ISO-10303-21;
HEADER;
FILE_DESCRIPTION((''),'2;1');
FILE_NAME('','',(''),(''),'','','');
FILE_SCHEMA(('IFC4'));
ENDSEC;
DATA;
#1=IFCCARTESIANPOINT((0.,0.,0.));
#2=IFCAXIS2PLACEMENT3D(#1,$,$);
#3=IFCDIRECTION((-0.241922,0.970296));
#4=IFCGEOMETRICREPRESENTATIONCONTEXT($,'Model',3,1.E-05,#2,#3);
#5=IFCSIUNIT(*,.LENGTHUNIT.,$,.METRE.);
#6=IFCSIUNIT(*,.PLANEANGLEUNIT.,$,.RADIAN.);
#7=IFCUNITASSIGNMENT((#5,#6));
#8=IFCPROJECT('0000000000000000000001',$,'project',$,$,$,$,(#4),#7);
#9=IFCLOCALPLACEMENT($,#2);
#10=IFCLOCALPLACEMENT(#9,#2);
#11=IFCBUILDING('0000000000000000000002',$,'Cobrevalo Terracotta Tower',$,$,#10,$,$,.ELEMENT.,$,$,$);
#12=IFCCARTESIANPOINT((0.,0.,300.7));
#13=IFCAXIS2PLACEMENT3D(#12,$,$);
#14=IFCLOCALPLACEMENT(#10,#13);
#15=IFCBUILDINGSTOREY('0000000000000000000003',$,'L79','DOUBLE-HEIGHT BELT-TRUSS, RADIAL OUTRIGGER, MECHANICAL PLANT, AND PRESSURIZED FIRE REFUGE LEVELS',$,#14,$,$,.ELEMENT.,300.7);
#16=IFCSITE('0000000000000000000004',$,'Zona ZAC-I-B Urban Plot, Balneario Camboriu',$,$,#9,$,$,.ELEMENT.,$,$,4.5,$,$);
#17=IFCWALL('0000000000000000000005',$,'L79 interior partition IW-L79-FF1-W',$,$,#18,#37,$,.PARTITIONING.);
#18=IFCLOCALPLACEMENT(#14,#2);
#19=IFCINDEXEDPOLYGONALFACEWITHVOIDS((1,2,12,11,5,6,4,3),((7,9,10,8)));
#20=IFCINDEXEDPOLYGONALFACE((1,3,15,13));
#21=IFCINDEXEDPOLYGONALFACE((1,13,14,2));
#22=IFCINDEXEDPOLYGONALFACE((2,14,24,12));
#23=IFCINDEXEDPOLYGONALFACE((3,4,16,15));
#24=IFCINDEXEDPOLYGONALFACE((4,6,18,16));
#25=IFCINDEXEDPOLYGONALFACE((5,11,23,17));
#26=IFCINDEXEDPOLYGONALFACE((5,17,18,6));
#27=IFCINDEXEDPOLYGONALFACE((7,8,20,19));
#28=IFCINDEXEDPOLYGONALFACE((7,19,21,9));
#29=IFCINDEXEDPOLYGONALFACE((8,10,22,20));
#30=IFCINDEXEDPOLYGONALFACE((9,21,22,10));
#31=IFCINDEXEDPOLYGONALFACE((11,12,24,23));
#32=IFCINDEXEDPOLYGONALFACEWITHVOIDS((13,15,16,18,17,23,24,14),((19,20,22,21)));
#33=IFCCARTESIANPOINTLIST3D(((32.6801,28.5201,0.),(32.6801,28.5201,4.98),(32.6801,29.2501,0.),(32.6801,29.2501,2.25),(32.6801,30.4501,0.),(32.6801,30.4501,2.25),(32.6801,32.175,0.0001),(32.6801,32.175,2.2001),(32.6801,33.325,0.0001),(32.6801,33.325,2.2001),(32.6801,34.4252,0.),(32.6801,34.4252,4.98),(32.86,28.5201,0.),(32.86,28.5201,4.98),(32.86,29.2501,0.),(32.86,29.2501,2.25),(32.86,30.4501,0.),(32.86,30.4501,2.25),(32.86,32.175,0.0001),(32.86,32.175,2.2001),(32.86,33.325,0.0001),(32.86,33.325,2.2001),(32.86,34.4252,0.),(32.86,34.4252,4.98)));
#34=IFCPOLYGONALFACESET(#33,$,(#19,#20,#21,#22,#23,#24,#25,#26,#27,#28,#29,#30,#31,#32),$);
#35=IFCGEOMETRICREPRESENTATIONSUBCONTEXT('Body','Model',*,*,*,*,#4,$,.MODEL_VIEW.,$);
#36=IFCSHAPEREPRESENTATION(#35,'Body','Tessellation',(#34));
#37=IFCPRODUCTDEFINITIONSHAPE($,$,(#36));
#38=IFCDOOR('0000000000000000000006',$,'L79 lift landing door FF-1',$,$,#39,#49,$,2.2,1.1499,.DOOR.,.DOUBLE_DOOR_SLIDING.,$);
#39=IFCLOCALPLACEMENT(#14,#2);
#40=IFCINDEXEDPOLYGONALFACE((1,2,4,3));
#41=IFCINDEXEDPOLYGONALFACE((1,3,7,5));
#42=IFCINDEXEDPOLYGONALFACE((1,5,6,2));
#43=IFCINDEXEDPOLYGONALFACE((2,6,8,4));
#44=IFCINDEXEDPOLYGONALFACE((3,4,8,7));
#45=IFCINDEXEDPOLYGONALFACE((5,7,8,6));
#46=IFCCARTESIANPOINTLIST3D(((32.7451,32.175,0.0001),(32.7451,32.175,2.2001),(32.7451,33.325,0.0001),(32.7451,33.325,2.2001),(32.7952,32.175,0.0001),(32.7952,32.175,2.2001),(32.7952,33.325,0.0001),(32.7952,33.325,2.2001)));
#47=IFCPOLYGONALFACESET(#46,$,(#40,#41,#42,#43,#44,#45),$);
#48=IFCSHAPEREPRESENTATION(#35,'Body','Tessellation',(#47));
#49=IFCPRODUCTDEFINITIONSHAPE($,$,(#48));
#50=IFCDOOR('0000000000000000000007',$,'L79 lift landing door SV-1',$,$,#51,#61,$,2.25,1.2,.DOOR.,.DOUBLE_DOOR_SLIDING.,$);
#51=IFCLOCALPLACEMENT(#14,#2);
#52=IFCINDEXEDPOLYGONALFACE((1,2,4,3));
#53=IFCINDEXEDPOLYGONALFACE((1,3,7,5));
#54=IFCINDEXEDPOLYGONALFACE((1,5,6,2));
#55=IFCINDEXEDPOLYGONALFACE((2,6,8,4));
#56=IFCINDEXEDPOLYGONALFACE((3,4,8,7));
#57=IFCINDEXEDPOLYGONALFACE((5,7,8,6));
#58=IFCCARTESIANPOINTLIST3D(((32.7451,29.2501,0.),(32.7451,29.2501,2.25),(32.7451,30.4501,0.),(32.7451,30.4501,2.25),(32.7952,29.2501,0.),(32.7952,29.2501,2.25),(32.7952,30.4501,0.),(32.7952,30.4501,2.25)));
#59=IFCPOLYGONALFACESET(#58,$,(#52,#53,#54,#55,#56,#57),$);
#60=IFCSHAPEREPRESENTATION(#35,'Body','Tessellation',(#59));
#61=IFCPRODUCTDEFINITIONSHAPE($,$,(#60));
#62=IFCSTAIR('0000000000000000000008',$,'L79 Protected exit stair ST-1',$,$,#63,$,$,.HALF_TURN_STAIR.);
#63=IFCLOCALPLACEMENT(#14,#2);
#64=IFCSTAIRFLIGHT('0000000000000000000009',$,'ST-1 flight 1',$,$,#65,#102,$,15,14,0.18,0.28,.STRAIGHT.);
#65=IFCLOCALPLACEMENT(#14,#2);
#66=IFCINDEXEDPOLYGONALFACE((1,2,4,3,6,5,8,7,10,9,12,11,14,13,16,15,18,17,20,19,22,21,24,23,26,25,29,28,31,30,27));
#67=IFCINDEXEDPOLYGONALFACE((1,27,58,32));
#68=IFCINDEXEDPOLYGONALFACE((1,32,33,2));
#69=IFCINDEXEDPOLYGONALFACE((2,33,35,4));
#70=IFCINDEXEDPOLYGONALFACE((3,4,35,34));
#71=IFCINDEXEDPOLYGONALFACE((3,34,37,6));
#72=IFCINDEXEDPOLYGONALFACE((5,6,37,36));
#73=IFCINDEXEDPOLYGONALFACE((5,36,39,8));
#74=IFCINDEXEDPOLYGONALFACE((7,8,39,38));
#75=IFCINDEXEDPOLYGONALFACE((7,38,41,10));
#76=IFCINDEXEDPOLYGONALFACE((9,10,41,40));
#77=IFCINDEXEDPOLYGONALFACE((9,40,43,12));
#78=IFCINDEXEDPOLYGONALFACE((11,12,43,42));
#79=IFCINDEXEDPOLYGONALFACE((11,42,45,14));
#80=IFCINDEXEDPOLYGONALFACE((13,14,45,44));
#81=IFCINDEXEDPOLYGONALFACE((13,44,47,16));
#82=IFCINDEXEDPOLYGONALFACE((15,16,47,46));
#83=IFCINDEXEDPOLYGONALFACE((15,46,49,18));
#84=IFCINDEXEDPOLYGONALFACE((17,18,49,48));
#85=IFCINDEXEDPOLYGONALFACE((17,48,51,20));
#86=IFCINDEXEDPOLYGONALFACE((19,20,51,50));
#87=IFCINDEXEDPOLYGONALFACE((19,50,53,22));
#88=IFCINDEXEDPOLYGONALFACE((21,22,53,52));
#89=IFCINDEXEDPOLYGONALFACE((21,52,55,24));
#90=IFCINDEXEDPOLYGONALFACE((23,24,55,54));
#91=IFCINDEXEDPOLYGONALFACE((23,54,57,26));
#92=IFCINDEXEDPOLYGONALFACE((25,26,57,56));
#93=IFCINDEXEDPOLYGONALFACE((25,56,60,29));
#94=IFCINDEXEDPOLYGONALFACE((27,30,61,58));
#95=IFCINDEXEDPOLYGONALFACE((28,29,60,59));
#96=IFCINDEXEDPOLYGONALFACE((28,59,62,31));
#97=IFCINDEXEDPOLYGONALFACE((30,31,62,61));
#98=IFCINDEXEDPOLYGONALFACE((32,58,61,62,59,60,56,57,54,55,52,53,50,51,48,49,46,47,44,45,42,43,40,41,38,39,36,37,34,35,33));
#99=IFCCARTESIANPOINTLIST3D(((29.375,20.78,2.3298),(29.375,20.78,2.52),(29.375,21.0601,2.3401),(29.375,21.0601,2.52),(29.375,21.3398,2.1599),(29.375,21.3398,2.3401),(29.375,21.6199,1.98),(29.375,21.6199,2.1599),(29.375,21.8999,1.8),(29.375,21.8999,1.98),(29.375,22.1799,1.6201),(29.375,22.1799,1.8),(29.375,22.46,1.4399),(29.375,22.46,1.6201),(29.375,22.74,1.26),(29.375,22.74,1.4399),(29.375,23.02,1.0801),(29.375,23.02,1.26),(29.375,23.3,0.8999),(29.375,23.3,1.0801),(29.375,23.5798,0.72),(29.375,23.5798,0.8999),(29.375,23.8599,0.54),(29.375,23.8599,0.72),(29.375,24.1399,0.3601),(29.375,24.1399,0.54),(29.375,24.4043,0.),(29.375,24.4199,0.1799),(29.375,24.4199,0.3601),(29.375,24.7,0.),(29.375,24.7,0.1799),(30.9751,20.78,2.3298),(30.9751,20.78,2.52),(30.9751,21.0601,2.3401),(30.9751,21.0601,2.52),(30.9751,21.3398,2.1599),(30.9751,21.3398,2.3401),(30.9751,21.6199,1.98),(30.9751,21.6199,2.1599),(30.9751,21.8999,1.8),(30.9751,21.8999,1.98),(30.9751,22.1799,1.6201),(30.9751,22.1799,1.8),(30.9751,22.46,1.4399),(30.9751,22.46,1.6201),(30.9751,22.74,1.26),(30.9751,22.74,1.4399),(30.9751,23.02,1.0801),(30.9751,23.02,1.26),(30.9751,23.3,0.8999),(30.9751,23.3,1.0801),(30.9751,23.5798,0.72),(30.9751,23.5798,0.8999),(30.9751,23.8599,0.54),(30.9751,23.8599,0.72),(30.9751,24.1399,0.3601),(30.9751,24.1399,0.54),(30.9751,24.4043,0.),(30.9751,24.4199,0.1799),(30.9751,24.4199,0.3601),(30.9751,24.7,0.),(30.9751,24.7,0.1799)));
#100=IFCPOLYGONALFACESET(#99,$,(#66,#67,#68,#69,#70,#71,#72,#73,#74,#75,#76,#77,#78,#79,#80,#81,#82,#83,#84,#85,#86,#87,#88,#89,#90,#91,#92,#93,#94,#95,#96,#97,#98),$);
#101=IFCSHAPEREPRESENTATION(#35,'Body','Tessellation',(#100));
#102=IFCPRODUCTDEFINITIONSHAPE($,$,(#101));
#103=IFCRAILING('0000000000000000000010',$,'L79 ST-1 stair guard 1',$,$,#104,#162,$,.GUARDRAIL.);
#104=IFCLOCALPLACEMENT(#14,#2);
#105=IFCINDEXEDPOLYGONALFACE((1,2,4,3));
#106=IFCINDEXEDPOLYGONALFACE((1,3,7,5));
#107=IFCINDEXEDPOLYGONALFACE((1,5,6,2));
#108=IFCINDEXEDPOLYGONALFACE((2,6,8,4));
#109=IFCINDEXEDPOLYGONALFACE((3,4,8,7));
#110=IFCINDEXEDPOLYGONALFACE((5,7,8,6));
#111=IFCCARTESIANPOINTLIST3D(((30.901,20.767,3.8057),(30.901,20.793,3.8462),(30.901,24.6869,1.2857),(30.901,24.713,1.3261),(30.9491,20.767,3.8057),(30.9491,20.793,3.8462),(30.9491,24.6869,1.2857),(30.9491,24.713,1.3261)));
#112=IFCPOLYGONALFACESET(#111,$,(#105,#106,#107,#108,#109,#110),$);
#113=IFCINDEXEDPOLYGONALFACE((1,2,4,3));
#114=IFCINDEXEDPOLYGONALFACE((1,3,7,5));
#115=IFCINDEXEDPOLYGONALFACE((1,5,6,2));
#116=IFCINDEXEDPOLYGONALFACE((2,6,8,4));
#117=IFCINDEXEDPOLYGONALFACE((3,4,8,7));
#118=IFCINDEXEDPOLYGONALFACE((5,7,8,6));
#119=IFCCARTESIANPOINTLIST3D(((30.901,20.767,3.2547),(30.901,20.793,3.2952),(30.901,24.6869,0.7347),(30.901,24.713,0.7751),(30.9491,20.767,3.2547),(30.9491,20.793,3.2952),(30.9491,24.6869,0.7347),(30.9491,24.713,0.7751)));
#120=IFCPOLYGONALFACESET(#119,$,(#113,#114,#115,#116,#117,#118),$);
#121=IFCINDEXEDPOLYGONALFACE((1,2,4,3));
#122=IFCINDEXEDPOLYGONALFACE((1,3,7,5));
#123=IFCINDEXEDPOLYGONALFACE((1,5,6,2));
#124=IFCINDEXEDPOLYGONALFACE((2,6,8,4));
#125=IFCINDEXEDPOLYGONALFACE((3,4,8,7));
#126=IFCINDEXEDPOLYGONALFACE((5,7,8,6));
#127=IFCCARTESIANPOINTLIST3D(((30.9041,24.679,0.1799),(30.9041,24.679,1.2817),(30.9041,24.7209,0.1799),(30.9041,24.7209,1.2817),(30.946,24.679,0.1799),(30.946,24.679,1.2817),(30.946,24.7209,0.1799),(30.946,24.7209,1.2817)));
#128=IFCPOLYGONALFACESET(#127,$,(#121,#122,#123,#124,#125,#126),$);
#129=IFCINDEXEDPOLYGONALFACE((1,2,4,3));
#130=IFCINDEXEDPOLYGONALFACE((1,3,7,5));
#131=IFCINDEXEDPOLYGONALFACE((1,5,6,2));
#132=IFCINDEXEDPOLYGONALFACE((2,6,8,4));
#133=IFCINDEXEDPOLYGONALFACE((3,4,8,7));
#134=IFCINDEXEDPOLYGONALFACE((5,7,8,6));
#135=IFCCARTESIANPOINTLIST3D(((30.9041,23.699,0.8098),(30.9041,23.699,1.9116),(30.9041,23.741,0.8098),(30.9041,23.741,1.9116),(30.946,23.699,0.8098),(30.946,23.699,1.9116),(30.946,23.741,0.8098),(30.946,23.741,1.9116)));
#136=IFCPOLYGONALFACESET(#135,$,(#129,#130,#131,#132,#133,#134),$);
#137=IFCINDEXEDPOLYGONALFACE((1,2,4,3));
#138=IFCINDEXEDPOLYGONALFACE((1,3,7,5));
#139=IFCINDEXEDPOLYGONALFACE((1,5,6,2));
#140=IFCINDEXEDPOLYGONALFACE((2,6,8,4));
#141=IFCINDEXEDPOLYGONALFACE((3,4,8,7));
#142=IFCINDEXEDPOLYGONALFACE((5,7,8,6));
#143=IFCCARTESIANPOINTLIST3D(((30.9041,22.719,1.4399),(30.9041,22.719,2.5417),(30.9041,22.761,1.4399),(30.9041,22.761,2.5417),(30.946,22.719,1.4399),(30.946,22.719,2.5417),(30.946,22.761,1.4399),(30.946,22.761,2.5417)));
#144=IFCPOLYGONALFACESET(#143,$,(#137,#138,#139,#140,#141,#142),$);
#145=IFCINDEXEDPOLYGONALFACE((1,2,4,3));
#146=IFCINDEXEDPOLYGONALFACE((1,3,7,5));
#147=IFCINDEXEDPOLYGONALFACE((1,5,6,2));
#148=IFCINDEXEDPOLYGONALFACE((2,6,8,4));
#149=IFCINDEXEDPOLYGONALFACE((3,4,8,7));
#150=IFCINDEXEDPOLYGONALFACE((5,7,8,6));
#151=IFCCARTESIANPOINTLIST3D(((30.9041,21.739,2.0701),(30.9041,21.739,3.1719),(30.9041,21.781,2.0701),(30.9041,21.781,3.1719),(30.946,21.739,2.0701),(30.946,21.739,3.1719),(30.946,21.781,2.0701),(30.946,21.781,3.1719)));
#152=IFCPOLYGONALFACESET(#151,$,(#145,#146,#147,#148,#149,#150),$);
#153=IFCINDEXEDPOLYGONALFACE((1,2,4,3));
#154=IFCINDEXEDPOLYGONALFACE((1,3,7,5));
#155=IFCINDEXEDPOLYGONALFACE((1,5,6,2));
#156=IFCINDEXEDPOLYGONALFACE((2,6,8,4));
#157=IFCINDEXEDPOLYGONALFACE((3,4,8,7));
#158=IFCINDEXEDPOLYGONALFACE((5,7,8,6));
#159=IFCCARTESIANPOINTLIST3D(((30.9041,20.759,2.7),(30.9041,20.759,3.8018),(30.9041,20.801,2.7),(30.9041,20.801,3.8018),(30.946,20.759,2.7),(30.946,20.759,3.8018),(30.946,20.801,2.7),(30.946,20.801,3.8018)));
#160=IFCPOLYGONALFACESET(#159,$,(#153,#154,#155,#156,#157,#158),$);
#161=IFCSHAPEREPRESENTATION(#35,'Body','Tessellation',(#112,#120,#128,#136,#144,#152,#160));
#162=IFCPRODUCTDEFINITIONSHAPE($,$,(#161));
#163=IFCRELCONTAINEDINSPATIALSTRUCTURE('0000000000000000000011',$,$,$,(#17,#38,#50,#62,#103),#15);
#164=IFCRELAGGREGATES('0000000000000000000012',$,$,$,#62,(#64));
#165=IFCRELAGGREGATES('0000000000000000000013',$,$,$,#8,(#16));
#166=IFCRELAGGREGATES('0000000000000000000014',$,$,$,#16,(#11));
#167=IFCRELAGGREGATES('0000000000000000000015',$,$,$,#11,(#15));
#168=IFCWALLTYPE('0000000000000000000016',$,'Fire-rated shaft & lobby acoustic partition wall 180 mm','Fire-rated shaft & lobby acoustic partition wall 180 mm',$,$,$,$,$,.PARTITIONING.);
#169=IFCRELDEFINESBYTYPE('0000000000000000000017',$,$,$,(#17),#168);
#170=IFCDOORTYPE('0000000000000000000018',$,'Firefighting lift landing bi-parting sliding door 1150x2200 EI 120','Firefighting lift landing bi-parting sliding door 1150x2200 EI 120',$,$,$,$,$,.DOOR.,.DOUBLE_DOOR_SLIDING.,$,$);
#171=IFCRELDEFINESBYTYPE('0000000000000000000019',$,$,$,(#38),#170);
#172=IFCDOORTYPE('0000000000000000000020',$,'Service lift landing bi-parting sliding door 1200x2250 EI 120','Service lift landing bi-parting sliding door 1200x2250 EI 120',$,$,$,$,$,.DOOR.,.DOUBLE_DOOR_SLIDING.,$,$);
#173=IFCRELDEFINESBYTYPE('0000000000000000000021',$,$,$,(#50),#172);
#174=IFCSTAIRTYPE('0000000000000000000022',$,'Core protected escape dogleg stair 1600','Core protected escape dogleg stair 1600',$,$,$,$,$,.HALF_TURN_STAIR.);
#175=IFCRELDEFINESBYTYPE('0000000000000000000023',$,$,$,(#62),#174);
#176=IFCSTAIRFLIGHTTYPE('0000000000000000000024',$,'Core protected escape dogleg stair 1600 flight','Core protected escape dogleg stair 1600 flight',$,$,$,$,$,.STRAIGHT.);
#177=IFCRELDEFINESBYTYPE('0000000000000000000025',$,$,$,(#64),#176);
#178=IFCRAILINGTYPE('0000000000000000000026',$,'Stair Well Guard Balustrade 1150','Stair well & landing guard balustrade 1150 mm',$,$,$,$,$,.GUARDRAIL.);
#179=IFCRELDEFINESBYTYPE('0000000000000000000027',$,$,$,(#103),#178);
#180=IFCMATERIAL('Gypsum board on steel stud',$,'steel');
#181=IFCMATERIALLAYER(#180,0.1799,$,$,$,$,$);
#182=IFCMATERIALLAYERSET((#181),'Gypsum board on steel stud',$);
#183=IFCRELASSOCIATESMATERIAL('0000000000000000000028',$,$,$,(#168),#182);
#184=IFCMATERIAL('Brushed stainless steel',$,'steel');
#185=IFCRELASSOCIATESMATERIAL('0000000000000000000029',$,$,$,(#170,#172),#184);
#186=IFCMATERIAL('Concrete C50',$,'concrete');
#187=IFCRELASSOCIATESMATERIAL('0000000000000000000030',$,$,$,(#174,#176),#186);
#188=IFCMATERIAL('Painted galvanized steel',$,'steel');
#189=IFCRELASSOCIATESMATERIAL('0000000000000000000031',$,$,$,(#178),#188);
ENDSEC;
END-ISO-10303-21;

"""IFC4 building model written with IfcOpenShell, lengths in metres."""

from ifc_helpers import new_model, si_unit, direction, frame, frame_2d, origin, origin_2d, place, context, subcontext, project, spatial, polyline, rectangle, outline, extrude, source, transform, mapped, material, layer, layer_set, type_object, element, fill, aggregate, save


model = new_model("IFC4")

# Units and contexts
model_context = context("Model", 3, precision=1e-05, world=origin(), true_north=direction((-0.241922, 0.970296)))
body_context = subcontext(model_context, "Body", "Model", "MODEL_VIEW")
ifc_project = project(units=[si_unit("LENGTHUNIT", "METRE"), si_unit("PLANEANGLEUNIT", "RADIAN")], contexts=[model_context])

# Site, building, storey
site_placement = place(None, origin())
site = spatial("IfcSite", under=ifc_project, at=site_placement, Name="Zona ZAC-I-B Urban Plot, Balneario Camboriu", CompositionType="ELEMENT", RefElevation=4.5)
building_placement = place(site_placement, origin())
building = spatial("IfcBuilding", under=site, at=building_placement, Name="Cobrevalo Terracotta Tower", CompositionType="ELEMENT")
storey_placement = place(building_placement, frame((0.0, 0.0, 300.7)))
storey = spatial("IfcBuildingStorey", under=building, at=storey_placement, Name="L79", Description="DOUBLE-HEIGHT BELT-TRUSS, RADIAL OUTRIGGER, MECHANICAL PLANT, AND PRESSURIZED FIRE REFUGE LEVELS", CompositionType="ELEMENT", Elevation=300.7)

# Shared definitions
ifc_material_1 = material(Name="Concrete C50", Category="concrete")

# Shared definitions
ifc_material_2 = material(Name="Gypsum board on steel stud", Category="steel")

# Shared definitions
ifc_layer_1 = layer(ifc_material_2, 0.1799)
ifc_layer_set_1 = layer_set([ifc_layer_1], Name="Gypsum board on steel stud")
wall_type_1 = type_object("IfcWallType", Name="Fire-rated shaft & lobby acoustic partition wall 180 mm", Description="Fire-rated shaft & lobby acoustic partition wall 180 mm", PredefinedType="PARTITIONING", material=ifc_layer_set_1)

# Wall, openings, doors
wall_1_placement = place(storey_placement, frame((32.77, 28.52, 0.0), z_axis=(0.0, 0.0, 1.0), x_axis=(0.0, 1.0, 0.0)))
wall_1 = element("IfcWall", 1, at=wall_1_placement, inside=storey, type_object=wall_type_1, Name="L79 interior partition IW-L79-FF1-W", PredefinedType="PARTITIONING", context=body_context, shape_type="SweptSolid", body=[
    extrude(rectangle(XDim=5.905, YDim=0.1799, at=frame_2d((2.9526, 0.0))), origin(), (0.0, 0.0, 1.0), 4.98),
])
opening_1_placement = place(wall_1_placement, frame((3.655, 0.0, 0.0)))
opening_1 = element("IfcOpeningElement", 2, at=opening_1_placement, cuts=wall_1, PredefinedType="OPENING", context=body_context, shape_type="SweptSolid", body=[
    extrude(rectangle(XDim=1.1499, YDim=2.2, at=frame_2d((0.575, 1.1001))), frame((0.0, 0.1001, 0.0), z_axis=(0.0, -1.0, 0.0), x_axis=(1.0, 0.0, 0.0)), (0.0, 0.0, 1.0), 0.2),
])
opening_2_placement = place(wall_1_placement, frame((0.73, 0.0, 0.0)))
opening_2 = element("IfcOpeningElement", 3, at=opening_2_placement, cuts=wall_1, PredefinedType="OPENING", context=body_context, shape_type="SweptSolid", body=[
    extrude(rectangle(XDim=1.2, YDim=2.25, at=frame_2d((0.6001, 1.125))), frame((0.0, 0.1001, 0.0), z_axis=(0.0, -1.0, 0.0), x_axis=(1.0, 0.0, 0.0)), (0.0, 0.0, 1.0), 0.2),
])
ifc_material_3 = material(Name="Brushed stainless steel", Category="steel")
door_type_1 = type_object("IfcDoorType", Name="Firefighting lift landing bi-parting sliding door 1150x2200 EI 120", Description="Firefighting lift landing bi-parting sliding door 1150x2200 EI 120", OperationType="DOUBLE_DOOR_SLIDING", PredefinedType="DOOR", material=ifc_material_3)
shared_shape_1 = source(origin(), body_context, "Body", "SweptSolid", [
    extrude(rectangle(XDim=1.1499, YDim=2.2, at=frame_2d((0.575, 1.1001))), frame((0.0, 0.0249, 0.0), z_axis=(0.0, -1.0, 0.0), x_axis=(1.0, 0.0, 0.0)), (0.0, 0.0, 1.0), 0.05),
])
door_1_placement = place(opening_1_placement, origin())
door_1 = element("IfcDoor", 4, at=door_1_placement, inside=storey, type_object=door_type_1, Name="L79 lift landing door FF-1", OperationType="DOUBLE_DOOR_SLIDING", OverallHeight=2.2, OverallWidth=1.1499, PredefinedType="DOOR", context=body_context, shape_type="MappedRepresentation", body=[
    mapped(shared_shape_1, transform((0.0, 0.0, 0.0), scale=1.0)),
])
fill(opening_1, door_1)
door_type_2 = type_object("IfcDoorType", Name="Service lift landing bi-parting sliding door 1200x2250 EI 120", Description="Service lift landing bi-parting sliding door 1200x2250 EI 120", OperationType="DOUBLE_DOOR_SLIDING", PredefinedType="DOOR", material=ifc_material_3)
shared_shape_2 = source(origin(), body_context, "Body", "SweptSolid", [
    extrude(rectangle(XDim=1.2, YDim=2.25, at=frame_2d((0.6001, 1.125))), frame((0.0, 0.0249, 0.0), z_axis=(0.0, -1.0, 0.0), x_axis=(1.0, 0.0, 0.0)), (0.0, 0.0, 1.0), 0.05),
])
door_2_placement = place(opening_2_placement, origin())
door_2 = element("IfcDoor", 5, at=door_2_placement, inside=storey, type_object=door_type_2, Name="L79 lift landing door SV-1", OperationType="DOUBLE_DOOR_SLIDING", OverallHeight=2.25, OverallWidth=1.2, PredefinedType="DOOR", context=body_context, shape_type="MappedRepresentation", body=[
    mapped(shared_shape_2, transform((0.0, 0.0, 0.0), scale=1.0)),
])
fill(opening_2, door_2)

# Stair, stair flight
stair_type = type_object("IfcStairType", Name="Core protected escape dogleg stair 1600", Description="Core protected escape dogleg stair 1600", PredefinedType="HALF_TURN_STAIR", material=ifc_material_1)
stair_placement = place(storey_placement, origin())
stair = element("IfcStair", 6, at=stair_placement, inside=storey, type_object=stair_type, Name="L79 Protected exit stair ST-1", PredefinedType="HALF_TURN_STAIR")
stair_flight_type = type_object("IfcStairFlightType", Name="Core protected escape dogleg stair 1600 flight", Description="Core protected escape dogleg stair 1600 flight", PredefinedType="STRAIGHT", material=ifc_material_1)
stair_flight_placement = place(storey_placement, frame((30.175, 24.7, 0.0), z_axis=(0.0, 0.0, 1.0), x_axis=(0.0, -1.0, 0.0)))
stair_flight = element("IfcStairFlight", 7, at=stair_flight_placement, type_object=stair_flight_type, Name="ST-1 flight 1", NumberOfRisers=15, NumberOfTreads=14, PredefinedType="STRAIGHT", RiserHeight=0.18, TreadLength=0.28, context=body_context, shape_type="SweptSolid", body=[
    extrude(outline(polyline([(0.0, 0.0), (0.0, 0.1799), (0.28, 0.1799), (0.28, 0.3601), (0.5601, 0.3601), (0.5601, 0.54), (0.8401, 0.54), (0.8401, 0.72), (1.1201, 0.72), (1.1201, 0.8999), (1.3999, 0.8999), (1.3999, 1.0801), (1.6799, 1.0801), (1.6799, 1.26), (1.96, 1.26), (1.96, 1.4399), (2.24, 1.4399), (2.24, 1.6201), (2.52, 1.6201), (2.52, 1.8), (2.8, 1.8), (2.8, 1.98), (3.0801, 1.98), (3.0801, 2.1599), (3.3601, 2.1599), (3.3601, 2.3401), (3.6399, 2.3401), (3.6399, 2.52), (3.9199, 2.52), (3.9199, 2.7), (3.9199, 2.3298), (0.2957, 0.0), (0.0, 0.0)])), frame((0.0, 0.8, 0.0), z_axis=(0.0, -1.0, 0.0), x_axis=(1.0, 0.0, 0.0)), (0.0, 0.0, 1.0), 1.6001),
])
aggregate(stair, [stair_flight])

# Railing
ifc_material_4 = material(Name="Painted galvanized steel", Category="steel")
railing_type = type_object("IfcRailingType", Name="Stair Well Guard Balustrade 1150", Description="Stair well & landing guard balustrade 1150 mm", PredefinedType="GUARDRAIL", material=ifc_material_4)
railing_1_placement = place(storey_placement, frame((30.925, 24.7, 0.1799)))
element("IfcRailing", 8, at=railing_1_placement, inside=storey, type_object=railing_type, Name="L79 ST-1 stair guard 1", PredefinedType="GUARDRAIL", context=body_context, shape_type="SweptSolid", body=[
    extrude(rectangle(XDim=0.0481, YDim=0.0481, at=origin_2d()), frame((0.0, 0.0, 1.126), z_axis=(0.0, -0.841172, 0.540768), x_axis=(1.0, 0.0, 0.0)), (0.0, 0.0, 1.0), 4.6602),
    extrude(rectangle(XDim=0.0481, YDim=0.0481, at=origin_2d()), frame((0.0, 0.0, 0.575), z_axis=(0.0, -0.841172, 0.540768), x_axis=(1.0, 0.0, 0.0)), (0.0, 0.0, 1.0), 4.6602),
    extrude(rectangle(XDim=0.042, YDim=0.042, at=origin_2d()), origin(), (0.0, 0.0, 1.0), 1.1018),
    extrude(rectangle(XDim=0.042, YDim=0.042, at=origin_2d()), frame((0.0, -0.98, 0.6299)), (0.0, 0.0, 1.0), 1.1018),
    extrude(rectangle(XDim=0.042, YDim=0.042, at=origin_2d()), frame((0.0, -1.96, 1.26)), (0.0, 0.0, 1.0), 1.1018),
    extrude(rectangle(XDim=0.042, YDim=0.042, at=origin_2d()), frame((0.0, -2.9399, 1.8901)), (0.0, 0.0, 1.0), 1.1018),
    extrude(rectangle(XDim=0.042, YDim=0.042, at=origin_2d()), frame((0.0, -3.9199, 2.52)), (0.0, 0.0, 1.0), 1.1018),
])

save(model, "model.ifc")
